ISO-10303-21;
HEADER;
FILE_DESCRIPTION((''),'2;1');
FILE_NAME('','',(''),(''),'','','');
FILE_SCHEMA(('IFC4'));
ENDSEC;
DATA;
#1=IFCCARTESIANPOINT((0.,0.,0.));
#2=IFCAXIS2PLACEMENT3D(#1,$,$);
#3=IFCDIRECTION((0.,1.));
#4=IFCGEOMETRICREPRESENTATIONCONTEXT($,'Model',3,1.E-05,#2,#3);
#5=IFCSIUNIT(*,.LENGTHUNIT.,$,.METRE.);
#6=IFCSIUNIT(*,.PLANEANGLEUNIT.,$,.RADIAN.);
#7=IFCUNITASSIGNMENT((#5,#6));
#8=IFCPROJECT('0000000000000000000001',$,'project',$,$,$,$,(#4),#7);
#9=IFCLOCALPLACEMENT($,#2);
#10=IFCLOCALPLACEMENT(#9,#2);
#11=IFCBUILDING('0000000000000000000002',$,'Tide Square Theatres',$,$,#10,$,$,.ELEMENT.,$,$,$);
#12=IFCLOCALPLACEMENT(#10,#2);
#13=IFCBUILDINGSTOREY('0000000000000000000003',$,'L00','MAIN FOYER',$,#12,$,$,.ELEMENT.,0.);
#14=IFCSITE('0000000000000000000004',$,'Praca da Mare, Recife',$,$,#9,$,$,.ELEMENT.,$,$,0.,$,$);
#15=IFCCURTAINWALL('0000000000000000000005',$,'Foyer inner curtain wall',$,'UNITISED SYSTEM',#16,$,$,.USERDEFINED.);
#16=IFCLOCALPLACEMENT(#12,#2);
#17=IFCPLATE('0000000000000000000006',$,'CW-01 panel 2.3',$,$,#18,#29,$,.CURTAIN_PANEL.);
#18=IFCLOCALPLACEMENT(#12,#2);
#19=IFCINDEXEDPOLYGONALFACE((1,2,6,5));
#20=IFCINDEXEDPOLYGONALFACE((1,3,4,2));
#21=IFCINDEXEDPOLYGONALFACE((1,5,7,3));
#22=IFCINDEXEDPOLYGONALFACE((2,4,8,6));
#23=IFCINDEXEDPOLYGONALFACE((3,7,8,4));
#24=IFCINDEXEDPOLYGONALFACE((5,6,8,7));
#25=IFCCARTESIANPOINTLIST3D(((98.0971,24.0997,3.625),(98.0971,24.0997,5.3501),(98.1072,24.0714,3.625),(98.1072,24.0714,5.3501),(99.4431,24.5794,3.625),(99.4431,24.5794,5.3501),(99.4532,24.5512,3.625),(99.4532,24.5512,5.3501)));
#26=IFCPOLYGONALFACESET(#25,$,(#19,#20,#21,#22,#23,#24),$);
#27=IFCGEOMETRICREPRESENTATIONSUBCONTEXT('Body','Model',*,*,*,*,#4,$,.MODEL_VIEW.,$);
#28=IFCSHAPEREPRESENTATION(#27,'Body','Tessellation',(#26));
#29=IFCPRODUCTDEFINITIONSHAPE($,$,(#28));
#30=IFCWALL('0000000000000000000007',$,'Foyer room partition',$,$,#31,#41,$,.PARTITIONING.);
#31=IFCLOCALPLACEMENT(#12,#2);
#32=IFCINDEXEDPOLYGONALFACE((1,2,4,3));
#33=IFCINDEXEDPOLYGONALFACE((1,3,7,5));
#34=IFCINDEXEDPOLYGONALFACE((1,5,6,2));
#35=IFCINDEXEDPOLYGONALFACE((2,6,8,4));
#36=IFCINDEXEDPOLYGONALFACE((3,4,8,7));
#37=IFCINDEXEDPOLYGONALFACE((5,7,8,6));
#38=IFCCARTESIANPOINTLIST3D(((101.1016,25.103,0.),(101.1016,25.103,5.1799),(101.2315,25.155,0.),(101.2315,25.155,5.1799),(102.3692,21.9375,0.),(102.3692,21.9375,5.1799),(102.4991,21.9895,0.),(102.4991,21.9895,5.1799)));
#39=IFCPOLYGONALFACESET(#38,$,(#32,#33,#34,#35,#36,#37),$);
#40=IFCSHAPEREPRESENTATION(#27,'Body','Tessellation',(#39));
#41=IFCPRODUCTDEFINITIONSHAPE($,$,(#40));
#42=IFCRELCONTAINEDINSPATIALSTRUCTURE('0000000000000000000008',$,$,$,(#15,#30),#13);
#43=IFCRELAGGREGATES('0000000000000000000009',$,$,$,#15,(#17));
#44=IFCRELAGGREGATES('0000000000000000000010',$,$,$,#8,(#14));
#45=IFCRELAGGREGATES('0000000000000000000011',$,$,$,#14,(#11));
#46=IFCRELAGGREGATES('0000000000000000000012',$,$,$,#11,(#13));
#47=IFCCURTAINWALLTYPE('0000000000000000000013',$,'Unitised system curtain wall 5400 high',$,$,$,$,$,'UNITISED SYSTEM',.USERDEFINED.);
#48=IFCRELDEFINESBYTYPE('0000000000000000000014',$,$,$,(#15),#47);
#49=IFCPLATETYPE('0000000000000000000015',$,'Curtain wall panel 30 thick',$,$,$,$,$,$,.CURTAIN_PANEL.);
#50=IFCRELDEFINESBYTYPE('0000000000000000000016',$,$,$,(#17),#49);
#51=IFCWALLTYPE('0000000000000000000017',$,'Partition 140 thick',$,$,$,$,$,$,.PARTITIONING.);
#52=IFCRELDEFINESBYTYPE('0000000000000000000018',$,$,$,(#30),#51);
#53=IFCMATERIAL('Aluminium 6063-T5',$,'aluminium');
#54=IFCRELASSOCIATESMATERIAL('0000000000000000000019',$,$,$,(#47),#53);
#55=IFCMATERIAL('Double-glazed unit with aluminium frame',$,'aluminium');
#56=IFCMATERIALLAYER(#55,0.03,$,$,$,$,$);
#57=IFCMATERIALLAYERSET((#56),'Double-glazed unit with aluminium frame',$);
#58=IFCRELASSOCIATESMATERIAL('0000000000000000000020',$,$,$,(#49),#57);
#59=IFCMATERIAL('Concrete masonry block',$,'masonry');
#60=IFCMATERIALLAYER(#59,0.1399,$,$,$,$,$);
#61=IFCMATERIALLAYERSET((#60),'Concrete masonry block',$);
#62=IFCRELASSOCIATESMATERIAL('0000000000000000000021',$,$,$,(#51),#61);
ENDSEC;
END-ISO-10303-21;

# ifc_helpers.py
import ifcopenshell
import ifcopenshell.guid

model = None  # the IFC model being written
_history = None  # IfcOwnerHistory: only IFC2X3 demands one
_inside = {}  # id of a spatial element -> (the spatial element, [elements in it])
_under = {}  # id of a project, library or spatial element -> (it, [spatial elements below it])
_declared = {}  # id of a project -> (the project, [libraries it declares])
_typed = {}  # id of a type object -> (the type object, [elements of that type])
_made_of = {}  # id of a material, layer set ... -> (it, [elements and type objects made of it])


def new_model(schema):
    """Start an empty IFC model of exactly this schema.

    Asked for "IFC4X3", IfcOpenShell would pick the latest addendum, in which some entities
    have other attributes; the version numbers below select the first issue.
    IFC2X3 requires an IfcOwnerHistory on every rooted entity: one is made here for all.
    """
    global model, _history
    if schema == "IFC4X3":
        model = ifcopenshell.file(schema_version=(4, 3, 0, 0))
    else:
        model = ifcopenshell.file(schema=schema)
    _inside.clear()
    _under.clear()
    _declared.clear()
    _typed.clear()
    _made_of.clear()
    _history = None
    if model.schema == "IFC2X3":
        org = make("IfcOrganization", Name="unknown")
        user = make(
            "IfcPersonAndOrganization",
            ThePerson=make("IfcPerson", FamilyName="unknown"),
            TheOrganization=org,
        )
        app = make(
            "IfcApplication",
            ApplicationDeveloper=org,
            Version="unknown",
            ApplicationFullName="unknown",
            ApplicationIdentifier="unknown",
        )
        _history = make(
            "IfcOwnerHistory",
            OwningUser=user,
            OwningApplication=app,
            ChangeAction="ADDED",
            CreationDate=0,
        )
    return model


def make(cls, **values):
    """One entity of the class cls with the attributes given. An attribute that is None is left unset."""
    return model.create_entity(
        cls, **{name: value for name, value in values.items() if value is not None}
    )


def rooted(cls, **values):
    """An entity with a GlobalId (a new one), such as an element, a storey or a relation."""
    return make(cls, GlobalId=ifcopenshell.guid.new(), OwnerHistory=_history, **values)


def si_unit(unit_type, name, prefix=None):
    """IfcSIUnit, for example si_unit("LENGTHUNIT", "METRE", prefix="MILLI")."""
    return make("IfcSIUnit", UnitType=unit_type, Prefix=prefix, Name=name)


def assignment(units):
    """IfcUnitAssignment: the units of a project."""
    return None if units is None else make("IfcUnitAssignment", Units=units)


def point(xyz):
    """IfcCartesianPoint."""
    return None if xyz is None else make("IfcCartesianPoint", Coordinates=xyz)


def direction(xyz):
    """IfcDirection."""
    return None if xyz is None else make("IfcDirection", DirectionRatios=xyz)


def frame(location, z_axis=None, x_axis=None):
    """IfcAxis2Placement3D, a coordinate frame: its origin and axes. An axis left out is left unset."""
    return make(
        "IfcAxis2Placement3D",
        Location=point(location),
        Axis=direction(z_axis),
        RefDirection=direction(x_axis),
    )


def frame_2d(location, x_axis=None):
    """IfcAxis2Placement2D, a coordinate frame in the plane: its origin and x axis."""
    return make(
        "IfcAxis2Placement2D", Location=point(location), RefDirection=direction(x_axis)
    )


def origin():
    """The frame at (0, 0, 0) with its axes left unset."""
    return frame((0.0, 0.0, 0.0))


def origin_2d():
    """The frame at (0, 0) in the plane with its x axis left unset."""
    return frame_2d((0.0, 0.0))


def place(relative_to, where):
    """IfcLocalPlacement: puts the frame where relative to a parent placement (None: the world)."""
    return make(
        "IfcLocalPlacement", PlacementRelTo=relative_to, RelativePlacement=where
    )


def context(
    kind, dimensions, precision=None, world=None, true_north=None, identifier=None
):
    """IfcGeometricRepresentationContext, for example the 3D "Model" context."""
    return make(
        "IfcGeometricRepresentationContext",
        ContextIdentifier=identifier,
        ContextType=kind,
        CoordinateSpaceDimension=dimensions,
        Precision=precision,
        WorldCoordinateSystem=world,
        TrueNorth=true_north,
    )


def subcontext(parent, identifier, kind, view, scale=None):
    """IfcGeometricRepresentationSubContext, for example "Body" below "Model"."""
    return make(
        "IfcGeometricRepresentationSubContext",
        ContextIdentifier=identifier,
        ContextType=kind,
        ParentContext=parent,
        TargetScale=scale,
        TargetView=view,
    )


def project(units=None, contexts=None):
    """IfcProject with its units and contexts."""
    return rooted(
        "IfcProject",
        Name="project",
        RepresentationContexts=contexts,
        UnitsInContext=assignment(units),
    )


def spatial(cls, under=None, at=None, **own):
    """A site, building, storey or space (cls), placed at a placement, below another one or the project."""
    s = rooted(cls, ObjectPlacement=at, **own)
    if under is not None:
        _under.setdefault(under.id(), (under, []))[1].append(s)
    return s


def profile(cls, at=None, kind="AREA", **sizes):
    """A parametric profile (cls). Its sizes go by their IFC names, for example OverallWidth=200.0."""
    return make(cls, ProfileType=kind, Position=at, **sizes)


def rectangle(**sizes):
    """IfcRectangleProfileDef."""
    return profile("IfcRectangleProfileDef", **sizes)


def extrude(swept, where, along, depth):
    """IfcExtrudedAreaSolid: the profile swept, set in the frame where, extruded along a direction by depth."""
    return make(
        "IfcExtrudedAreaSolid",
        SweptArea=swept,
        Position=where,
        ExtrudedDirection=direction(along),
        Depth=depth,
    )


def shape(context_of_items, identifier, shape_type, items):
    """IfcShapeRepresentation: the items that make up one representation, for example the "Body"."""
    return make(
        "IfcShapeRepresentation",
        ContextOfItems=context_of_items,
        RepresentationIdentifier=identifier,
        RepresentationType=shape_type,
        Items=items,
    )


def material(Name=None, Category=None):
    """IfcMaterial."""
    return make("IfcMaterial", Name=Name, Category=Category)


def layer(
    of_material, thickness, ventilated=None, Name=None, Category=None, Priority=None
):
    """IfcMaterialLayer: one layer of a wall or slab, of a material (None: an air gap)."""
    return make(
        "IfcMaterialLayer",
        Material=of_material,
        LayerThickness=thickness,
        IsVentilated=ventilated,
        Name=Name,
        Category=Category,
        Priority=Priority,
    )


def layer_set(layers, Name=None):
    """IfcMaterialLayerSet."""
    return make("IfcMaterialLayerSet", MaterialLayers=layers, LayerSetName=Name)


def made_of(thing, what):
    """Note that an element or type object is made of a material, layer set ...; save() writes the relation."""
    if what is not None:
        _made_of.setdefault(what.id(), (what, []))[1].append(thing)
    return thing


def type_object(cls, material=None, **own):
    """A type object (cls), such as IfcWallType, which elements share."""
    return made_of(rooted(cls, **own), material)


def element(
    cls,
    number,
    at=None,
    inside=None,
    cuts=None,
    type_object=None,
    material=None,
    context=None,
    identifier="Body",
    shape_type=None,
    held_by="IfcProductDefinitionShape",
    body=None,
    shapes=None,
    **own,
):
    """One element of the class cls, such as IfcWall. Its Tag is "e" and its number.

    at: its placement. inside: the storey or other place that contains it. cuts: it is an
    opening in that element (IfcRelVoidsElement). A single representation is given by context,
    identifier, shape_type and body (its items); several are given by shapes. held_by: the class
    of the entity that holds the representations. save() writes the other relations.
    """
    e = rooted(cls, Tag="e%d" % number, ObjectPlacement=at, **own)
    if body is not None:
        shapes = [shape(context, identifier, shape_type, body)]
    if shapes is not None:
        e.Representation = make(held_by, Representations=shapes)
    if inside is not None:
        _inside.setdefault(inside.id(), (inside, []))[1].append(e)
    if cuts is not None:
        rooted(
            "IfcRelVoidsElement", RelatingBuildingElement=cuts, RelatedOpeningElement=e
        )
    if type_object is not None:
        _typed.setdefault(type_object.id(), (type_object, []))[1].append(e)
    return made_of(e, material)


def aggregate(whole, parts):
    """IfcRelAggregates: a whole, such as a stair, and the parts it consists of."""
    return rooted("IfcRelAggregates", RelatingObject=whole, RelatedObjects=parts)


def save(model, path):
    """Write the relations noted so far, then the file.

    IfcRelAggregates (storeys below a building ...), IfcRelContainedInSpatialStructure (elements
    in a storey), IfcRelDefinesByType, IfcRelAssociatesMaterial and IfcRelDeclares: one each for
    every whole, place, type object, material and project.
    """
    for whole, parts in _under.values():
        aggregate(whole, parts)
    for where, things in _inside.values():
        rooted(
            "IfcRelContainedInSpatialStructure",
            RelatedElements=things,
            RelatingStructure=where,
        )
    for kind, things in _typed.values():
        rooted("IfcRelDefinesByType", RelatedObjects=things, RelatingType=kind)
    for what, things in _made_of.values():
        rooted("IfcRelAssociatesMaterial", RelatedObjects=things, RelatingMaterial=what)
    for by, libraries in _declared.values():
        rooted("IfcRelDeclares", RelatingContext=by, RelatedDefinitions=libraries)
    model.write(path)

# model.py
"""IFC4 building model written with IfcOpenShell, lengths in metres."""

from ifc_helpers import new_model, si_unit, direction, frame, frame_2d, origin, origin_2d, place, context, subcontext, project, spatial, rectangle, extrude, material, layer, layer_set, type_object, element, aggregate, save


model = new_model("IFC4")

# Units and contexts
model_context = context("Model", 3, precision=1e-05, world=origin(), true_north=direction((0.0, 1.0)))
body_context = subcontext(model_context, "Body", "Model", "MODEL_VIEW")
ifc_project = project(units=[si_unit("LENGTHUNIT", "METRE"), si_unit("PLANEANGLEUNIT", "RADIAN")], contexts=[model_context])

# Site, building, storey
site_placement = place(None, origin())
site = spatial("IfcSite", under=ifc_project, at=site_placement, Name="Praca da Mare, Recife", CompositionType="ELEMENT", RefElevation=0.0)
building_placement = place(site_placement, origin())
building = spatial("IfcBuilding", under=site, at=building_placement, Name="Tide Square Theatres", CompositionType="ELEMENT")
storey_placement = place(building_placement, origin())
storey = spatial("IfcBuildingStorey", under=building, at=storey_placement, Name="L00", Description="MAIN FOYER", CompositionType="ELEMENT", Elevation=0.0)

# Shared definitions
ifc_material_1 = material(Name="Aluminium 6063-T5", Category="aluminium")
curtain_wall_type = type_object("IfcCurtainWallType", Name="Unitised system curtain wall 5400 high", ElementType="UNITISED SYSTEM", PredefinedType="USERDEFINED", material=ifc_material_1)

# Curtain wall
curtain_wall_1_placement = place(storey_placement, origin())
curtain_wall_1 = element("IfcCurtainWall", 1, at=curtain_wall_1_placement, inside=storey, type_object=curtain_wall_type, Name="Foyer inner curtain wall", ObjectType="UNITISED SYSTEM", PredefinedType="USERDEFINED")

# Plate
ifc_material_2 = material(Name="Double-glazed unit with aluminium frame", Category="aluminium")
ifc_layer_1 = layer(ifc_material_2, 0.03)
ifc_layer_set_1 = layer_set([ifc_layer_1], Name="Double-glazed unit with aluminium frame")
plate_type = type_object("IfcPlateType", Name="Curtain wall panel 30 thick", PredefinedType="CURTAIN_PANEL", material=ifc_layer_set_1)
plate_1_placement = place(storey_placement, frame((98.7751, 24.3254, 3.625), z_axis=(0.0, 0.0, 1.0), x_axis=(-0.941961, -0.335723, 0.0)))
plate_1 = element("IfcPlate", 2, at=plate_1_placement, type_object=plate_type, Name="CW-01 panel 2.3", PredefinedType="CURTAIN_PANEL", context=body_context, shape_type="SweptSolid", body=[
    extrude(rectangle(XDim=1.429, YDim=0.03, at=origin_2d()), origin(), (0.0, 0.0, 1.0), 1.7251),
])
aggregate(curtain_wall_1, [plate_1])

# Wall
ifc_material_3 = material(Name="Concrete masonry block", Category="masonry")
ifc_layer_2 = layer(ifc_material_3, 0.1399)
ifc_layer_set_2 = layer_set([ifc_layer_2], Name="Concrete masonry block")
wall_type = type_object("IfcWallType", Name="Partition 140 thick", PredefinedType="PARTITIONING", material=ifc_layer_set_2)
wall_placement = place(storey_placement, frame((101.1665, 25.1292, 0.0), z_axis=(0.0, 0.0, 1.0), x_axis=(0.371736, -0.928338, 0.0)))
element("IfcWall", 3, at=wall_placement, inside=storey, type_object=wall_type, Name="Foyer room partition", PredefinedType="PARTITIONING", context=body_context, shape_type="SweptSolid", body=[
    extrude(rectangle(XDim=3.4099, YDim=0.1399, at=frame_2d((1.7051, 0.0))), origin(), (0.0, 0.0, 1.0), 5.1799),
])

save(model, "model.ifc")
